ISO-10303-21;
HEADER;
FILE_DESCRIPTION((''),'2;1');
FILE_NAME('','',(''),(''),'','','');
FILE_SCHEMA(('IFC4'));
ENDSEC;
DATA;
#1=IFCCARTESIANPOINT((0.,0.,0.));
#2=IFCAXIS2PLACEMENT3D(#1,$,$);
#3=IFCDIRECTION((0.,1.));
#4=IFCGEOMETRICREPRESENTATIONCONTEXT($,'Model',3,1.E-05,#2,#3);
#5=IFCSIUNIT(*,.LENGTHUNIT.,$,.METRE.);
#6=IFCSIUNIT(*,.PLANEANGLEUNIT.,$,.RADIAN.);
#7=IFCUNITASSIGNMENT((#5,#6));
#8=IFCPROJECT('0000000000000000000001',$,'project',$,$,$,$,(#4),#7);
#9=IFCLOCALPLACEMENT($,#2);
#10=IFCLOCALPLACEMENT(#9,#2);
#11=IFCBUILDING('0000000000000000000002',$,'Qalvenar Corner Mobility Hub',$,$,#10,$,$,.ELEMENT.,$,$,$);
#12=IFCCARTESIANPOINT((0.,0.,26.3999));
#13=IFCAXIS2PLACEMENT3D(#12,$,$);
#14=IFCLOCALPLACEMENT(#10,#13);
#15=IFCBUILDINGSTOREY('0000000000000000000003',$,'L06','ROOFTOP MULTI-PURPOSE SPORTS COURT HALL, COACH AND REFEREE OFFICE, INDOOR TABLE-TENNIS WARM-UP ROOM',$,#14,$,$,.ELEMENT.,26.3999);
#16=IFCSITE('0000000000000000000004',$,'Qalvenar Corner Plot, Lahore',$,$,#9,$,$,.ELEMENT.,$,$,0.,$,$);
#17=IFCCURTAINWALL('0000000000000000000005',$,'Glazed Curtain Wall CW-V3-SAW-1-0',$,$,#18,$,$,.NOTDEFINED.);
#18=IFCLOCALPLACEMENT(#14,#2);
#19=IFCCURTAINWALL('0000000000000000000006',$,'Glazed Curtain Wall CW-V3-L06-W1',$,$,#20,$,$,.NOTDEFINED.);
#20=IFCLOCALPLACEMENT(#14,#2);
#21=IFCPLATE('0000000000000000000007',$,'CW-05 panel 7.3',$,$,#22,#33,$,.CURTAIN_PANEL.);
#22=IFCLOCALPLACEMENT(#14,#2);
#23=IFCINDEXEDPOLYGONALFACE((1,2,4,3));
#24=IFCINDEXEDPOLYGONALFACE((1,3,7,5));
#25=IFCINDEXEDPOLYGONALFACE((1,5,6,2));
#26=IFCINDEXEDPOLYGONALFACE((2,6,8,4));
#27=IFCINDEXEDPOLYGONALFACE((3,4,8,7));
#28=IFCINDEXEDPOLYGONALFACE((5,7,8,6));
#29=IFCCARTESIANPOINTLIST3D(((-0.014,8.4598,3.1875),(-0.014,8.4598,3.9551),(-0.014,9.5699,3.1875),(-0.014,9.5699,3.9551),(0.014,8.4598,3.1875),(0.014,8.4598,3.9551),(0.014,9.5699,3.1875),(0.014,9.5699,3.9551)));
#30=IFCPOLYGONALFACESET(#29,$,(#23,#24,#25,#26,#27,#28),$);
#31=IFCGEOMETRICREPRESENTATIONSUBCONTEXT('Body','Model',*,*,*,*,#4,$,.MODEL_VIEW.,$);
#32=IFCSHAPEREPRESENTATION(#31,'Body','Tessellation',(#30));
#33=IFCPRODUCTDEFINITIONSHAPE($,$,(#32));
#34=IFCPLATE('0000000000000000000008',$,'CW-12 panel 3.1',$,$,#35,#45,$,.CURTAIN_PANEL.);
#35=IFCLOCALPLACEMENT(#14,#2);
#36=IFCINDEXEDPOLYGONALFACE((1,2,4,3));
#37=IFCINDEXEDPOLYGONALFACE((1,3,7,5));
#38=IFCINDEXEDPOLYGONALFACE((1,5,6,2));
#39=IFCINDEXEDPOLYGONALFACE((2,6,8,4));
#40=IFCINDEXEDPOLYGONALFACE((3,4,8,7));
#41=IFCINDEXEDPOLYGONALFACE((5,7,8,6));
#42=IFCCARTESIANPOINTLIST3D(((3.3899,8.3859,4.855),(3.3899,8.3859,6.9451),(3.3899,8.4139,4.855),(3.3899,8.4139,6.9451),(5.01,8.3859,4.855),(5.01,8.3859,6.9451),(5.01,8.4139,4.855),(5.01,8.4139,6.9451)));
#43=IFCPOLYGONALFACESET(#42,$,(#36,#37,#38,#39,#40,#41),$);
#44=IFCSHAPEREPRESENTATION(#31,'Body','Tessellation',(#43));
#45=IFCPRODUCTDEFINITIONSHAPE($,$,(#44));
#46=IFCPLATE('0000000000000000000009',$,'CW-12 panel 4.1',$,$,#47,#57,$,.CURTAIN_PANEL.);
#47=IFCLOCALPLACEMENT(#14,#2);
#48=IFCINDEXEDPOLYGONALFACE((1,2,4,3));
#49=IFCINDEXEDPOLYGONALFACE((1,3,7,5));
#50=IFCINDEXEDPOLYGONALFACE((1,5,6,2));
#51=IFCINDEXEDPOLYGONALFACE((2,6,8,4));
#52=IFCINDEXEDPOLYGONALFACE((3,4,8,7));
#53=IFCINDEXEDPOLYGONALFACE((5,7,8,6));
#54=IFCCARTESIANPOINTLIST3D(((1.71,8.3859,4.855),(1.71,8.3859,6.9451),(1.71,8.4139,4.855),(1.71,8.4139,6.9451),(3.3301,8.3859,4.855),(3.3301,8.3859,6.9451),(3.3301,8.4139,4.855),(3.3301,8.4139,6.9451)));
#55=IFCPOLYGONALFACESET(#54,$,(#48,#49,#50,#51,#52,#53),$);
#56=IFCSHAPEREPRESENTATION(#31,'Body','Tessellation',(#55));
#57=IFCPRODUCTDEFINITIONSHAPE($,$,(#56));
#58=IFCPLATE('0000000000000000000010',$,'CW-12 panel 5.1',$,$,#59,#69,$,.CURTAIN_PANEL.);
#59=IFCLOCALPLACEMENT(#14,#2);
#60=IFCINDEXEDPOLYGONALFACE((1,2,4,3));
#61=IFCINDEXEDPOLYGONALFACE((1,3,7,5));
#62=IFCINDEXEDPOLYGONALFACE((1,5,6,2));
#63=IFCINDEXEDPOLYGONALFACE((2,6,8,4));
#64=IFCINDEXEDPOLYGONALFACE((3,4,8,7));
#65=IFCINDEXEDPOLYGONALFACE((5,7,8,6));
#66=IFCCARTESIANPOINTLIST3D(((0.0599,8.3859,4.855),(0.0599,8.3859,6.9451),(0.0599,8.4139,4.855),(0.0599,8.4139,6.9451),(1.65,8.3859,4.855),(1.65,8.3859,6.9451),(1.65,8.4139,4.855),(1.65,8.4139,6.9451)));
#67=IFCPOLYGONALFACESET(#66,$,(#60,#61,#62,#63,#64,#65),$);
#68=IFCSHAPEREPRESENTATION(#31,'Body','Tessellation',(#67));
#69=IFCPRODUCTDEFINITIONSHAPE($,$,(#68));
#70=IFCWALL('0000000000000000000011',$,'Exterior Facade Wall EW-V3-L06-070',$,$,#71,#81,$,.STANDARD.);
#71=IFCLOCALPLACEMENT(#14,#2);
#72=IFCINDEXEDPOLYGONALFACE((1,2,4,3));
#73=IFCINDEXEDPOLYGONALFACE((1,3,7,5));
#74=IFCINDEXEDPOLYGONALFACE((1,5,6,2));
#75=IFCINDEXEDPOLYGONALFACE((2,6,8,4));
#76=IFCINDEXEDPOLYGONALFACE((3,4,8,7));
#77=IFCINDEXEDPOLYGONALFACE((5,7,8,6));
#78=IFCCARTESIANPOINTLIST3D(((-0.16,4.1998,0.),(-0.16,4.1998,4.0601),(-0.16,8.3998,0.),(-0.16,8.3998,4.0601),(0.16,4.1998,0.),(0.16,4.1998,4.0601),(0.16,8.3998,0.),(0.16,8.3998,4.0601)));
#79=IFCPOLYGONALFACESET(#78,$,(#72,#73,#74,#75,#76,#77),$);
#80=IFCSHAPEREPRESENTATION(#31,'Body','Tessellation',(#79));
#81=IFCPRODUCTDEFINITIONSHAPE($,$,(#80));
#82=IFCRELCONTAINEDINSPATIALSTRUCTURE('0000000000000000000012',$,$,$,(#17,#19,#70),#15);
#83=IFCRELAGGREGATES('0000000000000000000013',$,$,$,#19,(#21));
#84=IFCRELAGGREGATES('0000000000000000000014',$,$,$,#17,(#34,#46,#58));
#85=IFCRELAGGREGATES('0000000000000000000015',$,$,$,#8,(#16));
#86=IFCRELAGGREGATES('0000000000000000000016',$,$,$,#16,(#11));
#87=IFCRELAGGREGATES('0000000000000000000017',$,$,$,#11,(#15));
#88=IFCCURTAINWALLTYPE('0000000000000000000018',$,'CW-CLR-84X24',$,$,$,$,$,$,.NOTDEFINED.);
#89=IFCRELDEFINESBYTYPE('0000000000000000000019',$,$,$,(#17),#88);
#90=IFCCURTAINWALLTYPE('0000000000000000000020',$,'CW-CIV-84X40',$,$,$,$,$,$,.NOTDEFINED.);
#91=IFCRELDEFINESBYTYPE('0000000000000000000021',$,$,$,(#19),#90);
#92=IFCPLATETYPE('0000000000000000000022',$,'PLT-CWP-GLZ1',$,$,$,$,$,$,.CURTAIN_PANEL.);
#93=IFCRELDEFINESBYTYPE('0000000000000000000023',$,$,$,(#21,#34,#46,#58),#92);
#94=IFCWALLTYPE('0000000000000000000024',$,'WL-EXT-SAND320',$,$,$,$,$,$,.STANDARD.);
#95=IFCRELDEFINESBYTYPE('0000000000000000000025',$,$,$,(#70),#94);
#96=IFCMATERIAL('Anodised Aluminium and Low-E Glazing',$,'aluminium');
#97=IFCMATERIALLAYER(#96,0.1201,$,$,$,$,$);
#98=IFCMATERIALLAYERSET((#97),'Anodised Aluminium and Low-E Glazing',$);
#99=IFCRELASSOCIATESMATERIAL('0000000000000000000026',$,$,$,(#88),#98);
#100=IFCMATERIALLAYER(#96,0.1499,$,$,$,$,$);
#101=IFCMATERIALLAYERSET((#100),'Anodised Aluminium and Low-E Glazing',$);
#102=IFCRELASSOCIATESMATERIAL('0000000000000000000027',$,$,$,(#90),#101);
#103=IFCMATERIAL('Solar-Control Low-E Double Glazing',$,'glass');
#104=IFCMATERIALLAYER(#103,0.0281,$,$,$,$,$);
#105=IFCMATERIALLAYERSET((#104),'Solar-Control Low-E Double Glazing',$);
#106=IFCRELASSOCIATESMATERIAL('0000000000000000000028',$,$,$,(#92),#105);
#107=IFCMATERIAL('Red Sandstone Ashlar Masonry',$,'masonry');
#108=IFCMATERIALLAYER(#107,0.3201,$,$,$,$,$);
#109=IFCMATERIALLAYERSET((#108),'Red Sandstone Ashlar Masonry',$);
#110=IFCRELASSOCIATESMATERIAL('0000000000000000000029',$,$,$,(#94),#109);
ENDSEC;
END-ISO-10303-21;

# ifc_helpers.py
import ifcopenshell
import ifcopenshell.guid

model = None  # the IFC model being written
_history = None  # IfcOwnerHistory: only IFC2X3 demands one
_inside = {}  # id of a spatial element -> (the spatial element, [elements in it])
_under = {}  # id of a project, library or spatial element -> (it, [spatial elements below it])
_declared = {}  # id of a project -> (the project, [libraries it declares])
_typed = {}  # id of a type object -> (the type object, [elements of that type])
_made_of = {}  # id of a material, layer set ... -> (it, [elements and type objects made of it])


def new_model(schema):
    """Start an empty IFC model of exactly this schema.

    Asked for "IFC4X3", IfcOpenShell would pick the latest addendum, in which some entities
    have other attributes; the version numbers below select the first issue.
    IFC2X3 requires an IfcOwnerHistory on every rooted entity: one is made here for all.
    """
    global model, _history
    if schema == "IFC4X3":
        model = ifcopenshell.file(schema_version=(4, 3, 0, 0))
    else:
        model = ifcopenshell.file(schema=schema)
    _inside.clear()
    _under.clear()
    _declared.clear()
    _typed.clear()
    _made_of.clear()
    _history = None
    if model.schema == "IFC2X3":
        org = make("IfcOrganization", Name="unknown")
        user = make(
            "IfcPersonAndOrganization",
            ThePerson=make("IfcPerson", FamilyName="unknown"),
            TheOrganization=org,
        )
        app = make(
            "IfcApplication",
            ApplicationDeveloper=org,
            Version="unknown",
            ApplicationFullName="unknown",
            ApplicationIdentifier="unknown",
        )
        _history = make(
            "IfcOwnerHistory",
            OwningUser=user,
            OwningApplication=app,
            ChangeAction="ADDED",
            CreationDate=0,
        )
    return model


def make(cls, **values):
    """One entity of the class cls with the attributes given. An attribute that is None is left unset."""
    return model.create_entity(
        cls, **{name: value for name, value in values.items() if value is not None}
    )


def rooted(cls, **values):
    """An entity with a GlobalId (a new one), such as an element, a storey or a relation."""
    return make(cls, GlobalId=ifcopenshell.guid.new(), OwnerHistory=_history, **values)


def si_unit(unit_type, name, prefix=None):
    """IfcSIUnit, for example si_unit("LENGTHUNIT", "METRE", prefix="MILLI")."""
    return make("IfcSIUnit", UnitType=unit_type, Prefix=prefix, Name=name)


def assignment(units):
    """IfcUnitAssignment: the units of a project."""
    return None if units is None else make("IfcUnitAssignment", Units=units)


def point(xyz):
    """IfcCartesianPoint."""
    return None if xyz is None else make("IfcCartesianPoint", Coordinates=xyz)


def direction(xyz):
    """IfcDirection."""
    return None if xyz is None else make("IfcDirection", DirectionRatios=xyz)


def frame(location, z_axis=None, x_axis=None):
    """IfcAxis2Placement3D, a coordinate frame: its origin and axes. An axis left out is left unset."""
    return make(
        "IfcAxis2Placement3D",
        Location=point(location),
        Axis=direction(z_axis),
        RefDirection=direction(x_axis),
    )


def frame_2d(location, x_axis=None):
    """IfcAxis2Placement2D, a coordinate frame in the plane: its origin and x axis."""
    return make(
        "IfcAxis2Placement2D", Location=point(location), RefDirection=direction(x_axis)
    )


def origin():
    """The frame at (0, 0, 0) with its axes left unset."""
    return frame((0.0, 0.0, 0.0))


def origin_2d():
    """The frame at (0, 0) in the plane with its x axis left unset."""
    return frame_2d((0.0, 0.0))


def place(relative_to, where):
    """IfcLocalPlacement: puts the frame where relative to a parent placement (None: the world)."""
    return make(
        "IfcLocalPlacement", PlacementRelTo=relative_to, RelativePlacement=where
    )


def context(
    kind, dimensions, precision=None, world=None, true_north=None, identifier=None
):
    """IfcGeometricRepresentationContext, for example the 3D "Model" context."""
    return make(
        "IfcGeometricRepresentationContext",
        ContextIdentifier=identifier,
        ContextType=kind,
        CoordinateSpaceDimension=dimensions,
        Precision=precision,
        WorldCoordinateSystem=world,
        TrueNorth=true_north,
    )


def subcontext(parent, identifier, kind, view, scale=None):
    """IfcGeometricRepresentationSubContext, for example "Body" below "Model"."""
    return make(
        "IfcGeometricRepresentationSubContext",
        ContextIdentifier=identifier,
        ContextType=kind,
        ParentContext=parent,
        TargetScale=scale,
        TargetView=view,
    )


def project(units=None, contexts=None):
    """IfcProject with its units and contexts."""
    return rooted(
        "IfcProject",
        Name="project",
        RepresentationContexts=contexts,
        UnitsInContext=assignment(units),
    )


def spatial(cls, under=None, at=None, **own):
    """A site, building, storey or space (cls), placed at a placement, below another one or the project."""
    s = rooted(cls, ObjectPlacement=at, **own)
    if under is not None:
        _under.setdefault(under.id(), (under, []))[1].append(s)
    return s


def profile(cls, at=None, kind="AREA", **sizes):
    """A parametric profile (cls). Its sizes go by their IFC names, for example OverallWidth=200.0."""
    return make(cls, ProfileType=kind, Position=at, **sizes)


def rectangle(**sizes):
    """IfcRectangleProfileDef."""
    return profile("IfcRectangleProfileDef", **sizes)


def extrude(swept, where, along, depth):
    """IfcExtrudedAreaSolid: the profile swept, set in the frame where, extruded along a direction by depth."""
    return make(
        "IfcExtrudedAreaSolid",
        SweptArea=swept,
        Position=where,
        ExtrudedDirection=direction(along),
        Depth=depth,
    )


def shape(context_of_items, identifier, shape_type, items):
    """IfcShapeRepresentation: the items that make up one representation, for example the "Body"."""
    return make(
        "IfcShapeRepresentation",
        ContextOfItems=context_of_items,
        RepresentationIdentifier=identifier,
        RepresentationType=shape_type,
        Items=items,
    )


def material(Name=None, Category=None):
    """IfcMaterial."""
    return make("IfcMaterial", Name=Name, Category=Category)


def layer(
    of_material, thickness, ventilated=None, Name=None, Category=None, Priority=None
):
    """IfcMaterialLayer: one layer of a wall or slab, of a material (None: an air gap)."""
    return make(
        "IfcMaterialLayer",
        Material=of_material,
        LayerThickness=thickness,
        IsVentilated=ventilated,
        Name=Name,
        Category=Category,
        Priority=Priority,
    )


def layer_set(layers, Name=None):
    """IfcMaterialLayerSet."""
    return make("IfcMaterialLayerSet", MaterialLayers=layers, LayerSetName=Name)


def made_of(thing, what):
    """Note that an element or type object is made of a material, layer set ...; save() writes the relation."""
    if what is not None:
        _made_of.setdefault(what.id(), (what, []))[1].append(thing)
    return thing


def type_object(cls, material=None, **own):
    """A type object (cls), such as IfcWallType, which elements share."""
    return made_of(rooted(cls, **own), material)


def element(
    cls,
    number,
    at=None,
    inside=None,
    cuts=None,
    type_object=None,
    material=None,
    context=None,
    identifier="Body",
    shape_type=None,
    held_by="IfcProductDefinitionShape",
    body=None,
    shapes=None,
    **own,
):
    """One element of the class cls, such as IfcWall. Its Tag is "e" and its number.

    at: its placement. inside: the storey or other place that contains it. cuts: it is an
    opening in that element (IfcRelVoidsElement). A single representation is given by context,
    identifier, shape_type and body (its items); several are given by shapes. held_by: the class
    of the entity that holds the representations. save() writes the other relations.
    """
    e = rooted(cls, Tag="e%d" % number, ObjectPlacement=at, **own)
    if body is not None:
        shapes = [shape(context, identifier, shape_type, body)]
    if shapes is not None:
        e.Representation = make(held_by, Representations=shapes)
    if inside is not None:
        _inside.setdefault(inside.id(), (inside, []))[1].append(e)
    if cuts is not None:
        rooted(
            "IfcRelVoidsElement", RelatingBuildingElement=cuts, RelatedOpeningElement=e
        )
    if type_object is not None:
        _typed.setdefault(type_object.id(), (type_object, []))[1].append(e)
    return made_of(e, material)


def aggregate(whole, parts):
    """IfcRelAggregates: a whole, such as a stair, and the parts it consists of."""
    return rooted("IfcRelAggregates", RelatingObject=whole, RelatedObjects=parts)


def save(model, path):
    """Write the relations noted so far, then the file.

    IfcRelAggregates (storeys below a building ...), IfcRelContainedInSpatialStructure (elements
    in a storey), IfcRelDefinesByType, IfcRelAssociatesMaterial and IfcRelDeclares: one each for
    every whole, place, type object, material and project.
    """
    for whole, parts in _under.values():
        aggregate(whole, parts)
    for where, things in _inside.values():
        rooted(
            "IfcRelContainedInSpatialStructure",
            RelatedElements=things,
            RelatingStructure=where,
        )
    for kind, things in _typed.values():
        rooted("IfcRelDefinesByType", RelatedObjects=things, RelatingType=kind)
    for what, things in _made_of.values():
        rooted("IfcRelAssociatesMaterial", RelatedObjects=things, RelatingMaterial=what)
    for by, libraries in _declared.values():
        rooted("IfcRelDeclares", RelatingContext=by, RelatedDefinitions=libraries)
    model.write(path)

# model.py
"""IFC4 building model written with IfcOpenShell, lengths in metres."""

from ifc_helpers import new_model, si_unit, direction, frame, frame_2d, origin, origin_2d, place, context, subcontext, project, spatial, rectangle, extrude, material, layer, layer_set, type_object, element, aggregate, save


model = new_model("IFC4")

# Units and contexts
model_context = context("Model", 3, precision=1e-05, world=origin(), true_north=direction((0.0, 1.0)))
body_context = subcontext(model_context, "Body", "Model", "MODEL_VIEW")
ifc_project = project(units=[si_unit("LENGTHUNIT", "METRE"), si_unit("PLANEANGLEUNIT", "RADIAN")], contexts=[model_context])

# Site, building, storey
site_placement = place(None, origin())
site = spatial("IfcSite", under=ifc_project, at=site_placement, Name="Qalvenar Corner Plot, Lahore", CompositionType="ELEMENT", RefElevation=0.0)
building_placement = place(site_placement, origin())
building = spatial("IfcBuilding", under=site, at=building_placement, Name="Qalvenar Corner Mobility Hub", CompositionType="ELEMENT")
storey_placement = place(building_placement, frame((0.0, 0.0, 26.3999)))
storey = spatial("IfcBuildingStorey", under=building, at=storey_placement, Name="L06", Description="ROOFTOP MULTI-PURPOSE SPORTS COURT HALL, COACH AND REFEREE OFFICE, INDOOR TABLE-TENNIS WARM-UP ROOM", CompositionType="ELEMENT", Elevation=26.3999)

# Curtain walls
ifc_material_1 = material(Name="Anodised Aluminium and Low-E Glazing", Category="aluminium")
ifc_layer_1 = layer(ifc_material_1, 0.1201)
ifc_layer_set_1 = layer_set([ifc_layer_1], Name="Anodised Aluminium and Low-E Glazing")
curtain_wall_type_1 = type_object("IfcCurtainWallType", Name="CW-CLR-84X24", PredefinedType="NOTDEFINED", material=ifc_layer_set_1)
curtain_wall_1_placement = place(storey_placement, origin())
curtain_wall_1 = element("IfcCurtainWall", 1, at=curtain_wall_1_placement, inside=storey, type_object=curtain_wall_type_1, Name="Glazed Curtain Wall CW-V3-SAW-1-0", PredefinedType="NOTDEFINED")
ifc_layer_2 = layer(ifc_material_1, 0.1499)
ifc_layer_set_2 = layer_set([ifc_layer_2], Name="Anodised Aluminium and Low-E Glazing")
curtain_wall_type_2 = type_object("IfcCurtainWallType", Name="CW-CIV-84X40", PredefinedType="NOTDEFINED", material=ifc_layer_set_2)
curtain_wall_2_placement = place(storey_placement, origin())
curtain_wall_2 = element("IfcCurtainWall", 2, at=curtain_wall_2_placement, inside=storey, type_object=curtain_wall_type_2, Name="Glazed Curtain Wall CW-V3-L06-W1", PredefinedType="NOTDEFINED")

# Plates
ifc_material_2 = material(Name="Solar-Control Low-E Double Glazing", Category="glass")
ifc_layer_3 = layer(ifc_material_2, 0.0281)
ifc_layer_set_3 = layer_set([ifc_layer_3], Name="Solar-Control Low-E Double Glazing")
plate_type = type_object("IfcPlateType", Name="PLT-CWP-GLZ1", PredefinedType="CURTAIN_PANEL", material=ifc_layer_set_3)
plate_1_placement = place(storey_placement, frame((0.0, 9.0149, 3.1875), z_axis=(0.0, 0.0, 1.0), x_axis=(0.0, -1.0, 0.0)))
plate_1 = element("IfcPlate", 3, at=plate_1_placement, type_object=plate_type, Name="CW-05 panel 7.3", PredefinedType="CURTAIN_PANEL", context=body_context, shape_type="SweptSolid", body=[
    extrude(rectangle(XDim=1.1101, YDim=0.0281, at=origin_2d()), origin(), (0.0, 0.0, 1.0), 0.7676),
])
aggregate(curtain_wall_2, [plate_1])
plate_2_placement = place(storey_placement, frame((4.2, 8.3999, 4.855), z_axis=(0.0, 0.0, 1.0), x_axis=(-1.0, 0.0, 0.0)))
plate_2 = element("IfcPlate", 4, at=plate_2_placement, type_object=plate_type, Name="CW-12 panel 3.1", PredefinedType="CURTAIN_PANEL", context=body_context, shape_type="SweptSolid", body=[
    extrude(rectangle(XDim=1.6201, YDim=0.0281, at=origin_2d()), origin(), (0.0, 0.0, 1.0), 2.0901),
])
plate_3_placement = place(storey_placement, frame((2.52, 8.3999, 4.855), z_axis=(0.0, 0.0, 1.0), x_axis=(-1.0, 0.0, 0.0)))
plate_3 = element("IfcPlate", 5, at=plate_3_placement, type_object=plate_type, Name="CW-12 panel 4.1", PredefinedType="CURTAIN_PANEL", context=body_context, shape_type="SweptSolid", body=[
    extrude(rectangle(XDim=1.6201, YDim=0.0281, at=origin_2d()), origin(), (0.0, 0.0, 1.0), 2.0901),
])
plate_4_placement = place(storey_placement, frame((0.855, 8.3999, 4.855), z_axis=(0.0, 0.0, 1.0), x_axis=(-1.0, 0.0, 0.0)))
plate_4 = element("IfcPlate", 6, at=plate_4_placement, type_object=plate_type, Name="CW-12 panel 5.1", PredefinedType="CURTAIN_PANEL", context=body_context, shape_type="SweptSolid", body=[
    extrude(rectangle(XDim=1.5901, YDim=0.0281, at=origin_2d()), origin(), (0.0, 0.0, 1.0), 2.0901),
])
aggregate(curtain_wall_1, [plate_2, plate_3, plate_4])

# Wall
ifc_material_3 = material(Name="Red Sandstone Ashlar Masonry", Category="masonry")
ifc_layer_4 = layer(ifc_material_3, 0.3201)
ifc_layer_set_4 = layer_set([ifc_layer_4], Name="Red Sandstone Ashlar Masonry")
wall_type = type_object("IfcWallType", Name="WL-EXT-SAND320", PredefinedType="STANDARD", material=ifc_layer_set_4)
wall_placement = place(storey_placement, frame((0.0, 8.3999, 0.0), z_axis=(0.0, 0.0, 1.0), x_axis=(0.0, -1.0, 0.0)))
element("IfcWall", 7, at=wall_placement, inside=storey, type_object=wall_type, Name="Exterior Facade Wall EW-V3-L06-070", PredefinedType="STANDARD", context=body_context, shape_type="SweptSolid", body=[
    extrude(rectangle(XDim=4.2, YDim=0.3201, at=frame_2d((2.1001, 0.0))), origin(), (0.0, 0.0, 1.0), 4.0601),
])

save(model, "model.ifc")
